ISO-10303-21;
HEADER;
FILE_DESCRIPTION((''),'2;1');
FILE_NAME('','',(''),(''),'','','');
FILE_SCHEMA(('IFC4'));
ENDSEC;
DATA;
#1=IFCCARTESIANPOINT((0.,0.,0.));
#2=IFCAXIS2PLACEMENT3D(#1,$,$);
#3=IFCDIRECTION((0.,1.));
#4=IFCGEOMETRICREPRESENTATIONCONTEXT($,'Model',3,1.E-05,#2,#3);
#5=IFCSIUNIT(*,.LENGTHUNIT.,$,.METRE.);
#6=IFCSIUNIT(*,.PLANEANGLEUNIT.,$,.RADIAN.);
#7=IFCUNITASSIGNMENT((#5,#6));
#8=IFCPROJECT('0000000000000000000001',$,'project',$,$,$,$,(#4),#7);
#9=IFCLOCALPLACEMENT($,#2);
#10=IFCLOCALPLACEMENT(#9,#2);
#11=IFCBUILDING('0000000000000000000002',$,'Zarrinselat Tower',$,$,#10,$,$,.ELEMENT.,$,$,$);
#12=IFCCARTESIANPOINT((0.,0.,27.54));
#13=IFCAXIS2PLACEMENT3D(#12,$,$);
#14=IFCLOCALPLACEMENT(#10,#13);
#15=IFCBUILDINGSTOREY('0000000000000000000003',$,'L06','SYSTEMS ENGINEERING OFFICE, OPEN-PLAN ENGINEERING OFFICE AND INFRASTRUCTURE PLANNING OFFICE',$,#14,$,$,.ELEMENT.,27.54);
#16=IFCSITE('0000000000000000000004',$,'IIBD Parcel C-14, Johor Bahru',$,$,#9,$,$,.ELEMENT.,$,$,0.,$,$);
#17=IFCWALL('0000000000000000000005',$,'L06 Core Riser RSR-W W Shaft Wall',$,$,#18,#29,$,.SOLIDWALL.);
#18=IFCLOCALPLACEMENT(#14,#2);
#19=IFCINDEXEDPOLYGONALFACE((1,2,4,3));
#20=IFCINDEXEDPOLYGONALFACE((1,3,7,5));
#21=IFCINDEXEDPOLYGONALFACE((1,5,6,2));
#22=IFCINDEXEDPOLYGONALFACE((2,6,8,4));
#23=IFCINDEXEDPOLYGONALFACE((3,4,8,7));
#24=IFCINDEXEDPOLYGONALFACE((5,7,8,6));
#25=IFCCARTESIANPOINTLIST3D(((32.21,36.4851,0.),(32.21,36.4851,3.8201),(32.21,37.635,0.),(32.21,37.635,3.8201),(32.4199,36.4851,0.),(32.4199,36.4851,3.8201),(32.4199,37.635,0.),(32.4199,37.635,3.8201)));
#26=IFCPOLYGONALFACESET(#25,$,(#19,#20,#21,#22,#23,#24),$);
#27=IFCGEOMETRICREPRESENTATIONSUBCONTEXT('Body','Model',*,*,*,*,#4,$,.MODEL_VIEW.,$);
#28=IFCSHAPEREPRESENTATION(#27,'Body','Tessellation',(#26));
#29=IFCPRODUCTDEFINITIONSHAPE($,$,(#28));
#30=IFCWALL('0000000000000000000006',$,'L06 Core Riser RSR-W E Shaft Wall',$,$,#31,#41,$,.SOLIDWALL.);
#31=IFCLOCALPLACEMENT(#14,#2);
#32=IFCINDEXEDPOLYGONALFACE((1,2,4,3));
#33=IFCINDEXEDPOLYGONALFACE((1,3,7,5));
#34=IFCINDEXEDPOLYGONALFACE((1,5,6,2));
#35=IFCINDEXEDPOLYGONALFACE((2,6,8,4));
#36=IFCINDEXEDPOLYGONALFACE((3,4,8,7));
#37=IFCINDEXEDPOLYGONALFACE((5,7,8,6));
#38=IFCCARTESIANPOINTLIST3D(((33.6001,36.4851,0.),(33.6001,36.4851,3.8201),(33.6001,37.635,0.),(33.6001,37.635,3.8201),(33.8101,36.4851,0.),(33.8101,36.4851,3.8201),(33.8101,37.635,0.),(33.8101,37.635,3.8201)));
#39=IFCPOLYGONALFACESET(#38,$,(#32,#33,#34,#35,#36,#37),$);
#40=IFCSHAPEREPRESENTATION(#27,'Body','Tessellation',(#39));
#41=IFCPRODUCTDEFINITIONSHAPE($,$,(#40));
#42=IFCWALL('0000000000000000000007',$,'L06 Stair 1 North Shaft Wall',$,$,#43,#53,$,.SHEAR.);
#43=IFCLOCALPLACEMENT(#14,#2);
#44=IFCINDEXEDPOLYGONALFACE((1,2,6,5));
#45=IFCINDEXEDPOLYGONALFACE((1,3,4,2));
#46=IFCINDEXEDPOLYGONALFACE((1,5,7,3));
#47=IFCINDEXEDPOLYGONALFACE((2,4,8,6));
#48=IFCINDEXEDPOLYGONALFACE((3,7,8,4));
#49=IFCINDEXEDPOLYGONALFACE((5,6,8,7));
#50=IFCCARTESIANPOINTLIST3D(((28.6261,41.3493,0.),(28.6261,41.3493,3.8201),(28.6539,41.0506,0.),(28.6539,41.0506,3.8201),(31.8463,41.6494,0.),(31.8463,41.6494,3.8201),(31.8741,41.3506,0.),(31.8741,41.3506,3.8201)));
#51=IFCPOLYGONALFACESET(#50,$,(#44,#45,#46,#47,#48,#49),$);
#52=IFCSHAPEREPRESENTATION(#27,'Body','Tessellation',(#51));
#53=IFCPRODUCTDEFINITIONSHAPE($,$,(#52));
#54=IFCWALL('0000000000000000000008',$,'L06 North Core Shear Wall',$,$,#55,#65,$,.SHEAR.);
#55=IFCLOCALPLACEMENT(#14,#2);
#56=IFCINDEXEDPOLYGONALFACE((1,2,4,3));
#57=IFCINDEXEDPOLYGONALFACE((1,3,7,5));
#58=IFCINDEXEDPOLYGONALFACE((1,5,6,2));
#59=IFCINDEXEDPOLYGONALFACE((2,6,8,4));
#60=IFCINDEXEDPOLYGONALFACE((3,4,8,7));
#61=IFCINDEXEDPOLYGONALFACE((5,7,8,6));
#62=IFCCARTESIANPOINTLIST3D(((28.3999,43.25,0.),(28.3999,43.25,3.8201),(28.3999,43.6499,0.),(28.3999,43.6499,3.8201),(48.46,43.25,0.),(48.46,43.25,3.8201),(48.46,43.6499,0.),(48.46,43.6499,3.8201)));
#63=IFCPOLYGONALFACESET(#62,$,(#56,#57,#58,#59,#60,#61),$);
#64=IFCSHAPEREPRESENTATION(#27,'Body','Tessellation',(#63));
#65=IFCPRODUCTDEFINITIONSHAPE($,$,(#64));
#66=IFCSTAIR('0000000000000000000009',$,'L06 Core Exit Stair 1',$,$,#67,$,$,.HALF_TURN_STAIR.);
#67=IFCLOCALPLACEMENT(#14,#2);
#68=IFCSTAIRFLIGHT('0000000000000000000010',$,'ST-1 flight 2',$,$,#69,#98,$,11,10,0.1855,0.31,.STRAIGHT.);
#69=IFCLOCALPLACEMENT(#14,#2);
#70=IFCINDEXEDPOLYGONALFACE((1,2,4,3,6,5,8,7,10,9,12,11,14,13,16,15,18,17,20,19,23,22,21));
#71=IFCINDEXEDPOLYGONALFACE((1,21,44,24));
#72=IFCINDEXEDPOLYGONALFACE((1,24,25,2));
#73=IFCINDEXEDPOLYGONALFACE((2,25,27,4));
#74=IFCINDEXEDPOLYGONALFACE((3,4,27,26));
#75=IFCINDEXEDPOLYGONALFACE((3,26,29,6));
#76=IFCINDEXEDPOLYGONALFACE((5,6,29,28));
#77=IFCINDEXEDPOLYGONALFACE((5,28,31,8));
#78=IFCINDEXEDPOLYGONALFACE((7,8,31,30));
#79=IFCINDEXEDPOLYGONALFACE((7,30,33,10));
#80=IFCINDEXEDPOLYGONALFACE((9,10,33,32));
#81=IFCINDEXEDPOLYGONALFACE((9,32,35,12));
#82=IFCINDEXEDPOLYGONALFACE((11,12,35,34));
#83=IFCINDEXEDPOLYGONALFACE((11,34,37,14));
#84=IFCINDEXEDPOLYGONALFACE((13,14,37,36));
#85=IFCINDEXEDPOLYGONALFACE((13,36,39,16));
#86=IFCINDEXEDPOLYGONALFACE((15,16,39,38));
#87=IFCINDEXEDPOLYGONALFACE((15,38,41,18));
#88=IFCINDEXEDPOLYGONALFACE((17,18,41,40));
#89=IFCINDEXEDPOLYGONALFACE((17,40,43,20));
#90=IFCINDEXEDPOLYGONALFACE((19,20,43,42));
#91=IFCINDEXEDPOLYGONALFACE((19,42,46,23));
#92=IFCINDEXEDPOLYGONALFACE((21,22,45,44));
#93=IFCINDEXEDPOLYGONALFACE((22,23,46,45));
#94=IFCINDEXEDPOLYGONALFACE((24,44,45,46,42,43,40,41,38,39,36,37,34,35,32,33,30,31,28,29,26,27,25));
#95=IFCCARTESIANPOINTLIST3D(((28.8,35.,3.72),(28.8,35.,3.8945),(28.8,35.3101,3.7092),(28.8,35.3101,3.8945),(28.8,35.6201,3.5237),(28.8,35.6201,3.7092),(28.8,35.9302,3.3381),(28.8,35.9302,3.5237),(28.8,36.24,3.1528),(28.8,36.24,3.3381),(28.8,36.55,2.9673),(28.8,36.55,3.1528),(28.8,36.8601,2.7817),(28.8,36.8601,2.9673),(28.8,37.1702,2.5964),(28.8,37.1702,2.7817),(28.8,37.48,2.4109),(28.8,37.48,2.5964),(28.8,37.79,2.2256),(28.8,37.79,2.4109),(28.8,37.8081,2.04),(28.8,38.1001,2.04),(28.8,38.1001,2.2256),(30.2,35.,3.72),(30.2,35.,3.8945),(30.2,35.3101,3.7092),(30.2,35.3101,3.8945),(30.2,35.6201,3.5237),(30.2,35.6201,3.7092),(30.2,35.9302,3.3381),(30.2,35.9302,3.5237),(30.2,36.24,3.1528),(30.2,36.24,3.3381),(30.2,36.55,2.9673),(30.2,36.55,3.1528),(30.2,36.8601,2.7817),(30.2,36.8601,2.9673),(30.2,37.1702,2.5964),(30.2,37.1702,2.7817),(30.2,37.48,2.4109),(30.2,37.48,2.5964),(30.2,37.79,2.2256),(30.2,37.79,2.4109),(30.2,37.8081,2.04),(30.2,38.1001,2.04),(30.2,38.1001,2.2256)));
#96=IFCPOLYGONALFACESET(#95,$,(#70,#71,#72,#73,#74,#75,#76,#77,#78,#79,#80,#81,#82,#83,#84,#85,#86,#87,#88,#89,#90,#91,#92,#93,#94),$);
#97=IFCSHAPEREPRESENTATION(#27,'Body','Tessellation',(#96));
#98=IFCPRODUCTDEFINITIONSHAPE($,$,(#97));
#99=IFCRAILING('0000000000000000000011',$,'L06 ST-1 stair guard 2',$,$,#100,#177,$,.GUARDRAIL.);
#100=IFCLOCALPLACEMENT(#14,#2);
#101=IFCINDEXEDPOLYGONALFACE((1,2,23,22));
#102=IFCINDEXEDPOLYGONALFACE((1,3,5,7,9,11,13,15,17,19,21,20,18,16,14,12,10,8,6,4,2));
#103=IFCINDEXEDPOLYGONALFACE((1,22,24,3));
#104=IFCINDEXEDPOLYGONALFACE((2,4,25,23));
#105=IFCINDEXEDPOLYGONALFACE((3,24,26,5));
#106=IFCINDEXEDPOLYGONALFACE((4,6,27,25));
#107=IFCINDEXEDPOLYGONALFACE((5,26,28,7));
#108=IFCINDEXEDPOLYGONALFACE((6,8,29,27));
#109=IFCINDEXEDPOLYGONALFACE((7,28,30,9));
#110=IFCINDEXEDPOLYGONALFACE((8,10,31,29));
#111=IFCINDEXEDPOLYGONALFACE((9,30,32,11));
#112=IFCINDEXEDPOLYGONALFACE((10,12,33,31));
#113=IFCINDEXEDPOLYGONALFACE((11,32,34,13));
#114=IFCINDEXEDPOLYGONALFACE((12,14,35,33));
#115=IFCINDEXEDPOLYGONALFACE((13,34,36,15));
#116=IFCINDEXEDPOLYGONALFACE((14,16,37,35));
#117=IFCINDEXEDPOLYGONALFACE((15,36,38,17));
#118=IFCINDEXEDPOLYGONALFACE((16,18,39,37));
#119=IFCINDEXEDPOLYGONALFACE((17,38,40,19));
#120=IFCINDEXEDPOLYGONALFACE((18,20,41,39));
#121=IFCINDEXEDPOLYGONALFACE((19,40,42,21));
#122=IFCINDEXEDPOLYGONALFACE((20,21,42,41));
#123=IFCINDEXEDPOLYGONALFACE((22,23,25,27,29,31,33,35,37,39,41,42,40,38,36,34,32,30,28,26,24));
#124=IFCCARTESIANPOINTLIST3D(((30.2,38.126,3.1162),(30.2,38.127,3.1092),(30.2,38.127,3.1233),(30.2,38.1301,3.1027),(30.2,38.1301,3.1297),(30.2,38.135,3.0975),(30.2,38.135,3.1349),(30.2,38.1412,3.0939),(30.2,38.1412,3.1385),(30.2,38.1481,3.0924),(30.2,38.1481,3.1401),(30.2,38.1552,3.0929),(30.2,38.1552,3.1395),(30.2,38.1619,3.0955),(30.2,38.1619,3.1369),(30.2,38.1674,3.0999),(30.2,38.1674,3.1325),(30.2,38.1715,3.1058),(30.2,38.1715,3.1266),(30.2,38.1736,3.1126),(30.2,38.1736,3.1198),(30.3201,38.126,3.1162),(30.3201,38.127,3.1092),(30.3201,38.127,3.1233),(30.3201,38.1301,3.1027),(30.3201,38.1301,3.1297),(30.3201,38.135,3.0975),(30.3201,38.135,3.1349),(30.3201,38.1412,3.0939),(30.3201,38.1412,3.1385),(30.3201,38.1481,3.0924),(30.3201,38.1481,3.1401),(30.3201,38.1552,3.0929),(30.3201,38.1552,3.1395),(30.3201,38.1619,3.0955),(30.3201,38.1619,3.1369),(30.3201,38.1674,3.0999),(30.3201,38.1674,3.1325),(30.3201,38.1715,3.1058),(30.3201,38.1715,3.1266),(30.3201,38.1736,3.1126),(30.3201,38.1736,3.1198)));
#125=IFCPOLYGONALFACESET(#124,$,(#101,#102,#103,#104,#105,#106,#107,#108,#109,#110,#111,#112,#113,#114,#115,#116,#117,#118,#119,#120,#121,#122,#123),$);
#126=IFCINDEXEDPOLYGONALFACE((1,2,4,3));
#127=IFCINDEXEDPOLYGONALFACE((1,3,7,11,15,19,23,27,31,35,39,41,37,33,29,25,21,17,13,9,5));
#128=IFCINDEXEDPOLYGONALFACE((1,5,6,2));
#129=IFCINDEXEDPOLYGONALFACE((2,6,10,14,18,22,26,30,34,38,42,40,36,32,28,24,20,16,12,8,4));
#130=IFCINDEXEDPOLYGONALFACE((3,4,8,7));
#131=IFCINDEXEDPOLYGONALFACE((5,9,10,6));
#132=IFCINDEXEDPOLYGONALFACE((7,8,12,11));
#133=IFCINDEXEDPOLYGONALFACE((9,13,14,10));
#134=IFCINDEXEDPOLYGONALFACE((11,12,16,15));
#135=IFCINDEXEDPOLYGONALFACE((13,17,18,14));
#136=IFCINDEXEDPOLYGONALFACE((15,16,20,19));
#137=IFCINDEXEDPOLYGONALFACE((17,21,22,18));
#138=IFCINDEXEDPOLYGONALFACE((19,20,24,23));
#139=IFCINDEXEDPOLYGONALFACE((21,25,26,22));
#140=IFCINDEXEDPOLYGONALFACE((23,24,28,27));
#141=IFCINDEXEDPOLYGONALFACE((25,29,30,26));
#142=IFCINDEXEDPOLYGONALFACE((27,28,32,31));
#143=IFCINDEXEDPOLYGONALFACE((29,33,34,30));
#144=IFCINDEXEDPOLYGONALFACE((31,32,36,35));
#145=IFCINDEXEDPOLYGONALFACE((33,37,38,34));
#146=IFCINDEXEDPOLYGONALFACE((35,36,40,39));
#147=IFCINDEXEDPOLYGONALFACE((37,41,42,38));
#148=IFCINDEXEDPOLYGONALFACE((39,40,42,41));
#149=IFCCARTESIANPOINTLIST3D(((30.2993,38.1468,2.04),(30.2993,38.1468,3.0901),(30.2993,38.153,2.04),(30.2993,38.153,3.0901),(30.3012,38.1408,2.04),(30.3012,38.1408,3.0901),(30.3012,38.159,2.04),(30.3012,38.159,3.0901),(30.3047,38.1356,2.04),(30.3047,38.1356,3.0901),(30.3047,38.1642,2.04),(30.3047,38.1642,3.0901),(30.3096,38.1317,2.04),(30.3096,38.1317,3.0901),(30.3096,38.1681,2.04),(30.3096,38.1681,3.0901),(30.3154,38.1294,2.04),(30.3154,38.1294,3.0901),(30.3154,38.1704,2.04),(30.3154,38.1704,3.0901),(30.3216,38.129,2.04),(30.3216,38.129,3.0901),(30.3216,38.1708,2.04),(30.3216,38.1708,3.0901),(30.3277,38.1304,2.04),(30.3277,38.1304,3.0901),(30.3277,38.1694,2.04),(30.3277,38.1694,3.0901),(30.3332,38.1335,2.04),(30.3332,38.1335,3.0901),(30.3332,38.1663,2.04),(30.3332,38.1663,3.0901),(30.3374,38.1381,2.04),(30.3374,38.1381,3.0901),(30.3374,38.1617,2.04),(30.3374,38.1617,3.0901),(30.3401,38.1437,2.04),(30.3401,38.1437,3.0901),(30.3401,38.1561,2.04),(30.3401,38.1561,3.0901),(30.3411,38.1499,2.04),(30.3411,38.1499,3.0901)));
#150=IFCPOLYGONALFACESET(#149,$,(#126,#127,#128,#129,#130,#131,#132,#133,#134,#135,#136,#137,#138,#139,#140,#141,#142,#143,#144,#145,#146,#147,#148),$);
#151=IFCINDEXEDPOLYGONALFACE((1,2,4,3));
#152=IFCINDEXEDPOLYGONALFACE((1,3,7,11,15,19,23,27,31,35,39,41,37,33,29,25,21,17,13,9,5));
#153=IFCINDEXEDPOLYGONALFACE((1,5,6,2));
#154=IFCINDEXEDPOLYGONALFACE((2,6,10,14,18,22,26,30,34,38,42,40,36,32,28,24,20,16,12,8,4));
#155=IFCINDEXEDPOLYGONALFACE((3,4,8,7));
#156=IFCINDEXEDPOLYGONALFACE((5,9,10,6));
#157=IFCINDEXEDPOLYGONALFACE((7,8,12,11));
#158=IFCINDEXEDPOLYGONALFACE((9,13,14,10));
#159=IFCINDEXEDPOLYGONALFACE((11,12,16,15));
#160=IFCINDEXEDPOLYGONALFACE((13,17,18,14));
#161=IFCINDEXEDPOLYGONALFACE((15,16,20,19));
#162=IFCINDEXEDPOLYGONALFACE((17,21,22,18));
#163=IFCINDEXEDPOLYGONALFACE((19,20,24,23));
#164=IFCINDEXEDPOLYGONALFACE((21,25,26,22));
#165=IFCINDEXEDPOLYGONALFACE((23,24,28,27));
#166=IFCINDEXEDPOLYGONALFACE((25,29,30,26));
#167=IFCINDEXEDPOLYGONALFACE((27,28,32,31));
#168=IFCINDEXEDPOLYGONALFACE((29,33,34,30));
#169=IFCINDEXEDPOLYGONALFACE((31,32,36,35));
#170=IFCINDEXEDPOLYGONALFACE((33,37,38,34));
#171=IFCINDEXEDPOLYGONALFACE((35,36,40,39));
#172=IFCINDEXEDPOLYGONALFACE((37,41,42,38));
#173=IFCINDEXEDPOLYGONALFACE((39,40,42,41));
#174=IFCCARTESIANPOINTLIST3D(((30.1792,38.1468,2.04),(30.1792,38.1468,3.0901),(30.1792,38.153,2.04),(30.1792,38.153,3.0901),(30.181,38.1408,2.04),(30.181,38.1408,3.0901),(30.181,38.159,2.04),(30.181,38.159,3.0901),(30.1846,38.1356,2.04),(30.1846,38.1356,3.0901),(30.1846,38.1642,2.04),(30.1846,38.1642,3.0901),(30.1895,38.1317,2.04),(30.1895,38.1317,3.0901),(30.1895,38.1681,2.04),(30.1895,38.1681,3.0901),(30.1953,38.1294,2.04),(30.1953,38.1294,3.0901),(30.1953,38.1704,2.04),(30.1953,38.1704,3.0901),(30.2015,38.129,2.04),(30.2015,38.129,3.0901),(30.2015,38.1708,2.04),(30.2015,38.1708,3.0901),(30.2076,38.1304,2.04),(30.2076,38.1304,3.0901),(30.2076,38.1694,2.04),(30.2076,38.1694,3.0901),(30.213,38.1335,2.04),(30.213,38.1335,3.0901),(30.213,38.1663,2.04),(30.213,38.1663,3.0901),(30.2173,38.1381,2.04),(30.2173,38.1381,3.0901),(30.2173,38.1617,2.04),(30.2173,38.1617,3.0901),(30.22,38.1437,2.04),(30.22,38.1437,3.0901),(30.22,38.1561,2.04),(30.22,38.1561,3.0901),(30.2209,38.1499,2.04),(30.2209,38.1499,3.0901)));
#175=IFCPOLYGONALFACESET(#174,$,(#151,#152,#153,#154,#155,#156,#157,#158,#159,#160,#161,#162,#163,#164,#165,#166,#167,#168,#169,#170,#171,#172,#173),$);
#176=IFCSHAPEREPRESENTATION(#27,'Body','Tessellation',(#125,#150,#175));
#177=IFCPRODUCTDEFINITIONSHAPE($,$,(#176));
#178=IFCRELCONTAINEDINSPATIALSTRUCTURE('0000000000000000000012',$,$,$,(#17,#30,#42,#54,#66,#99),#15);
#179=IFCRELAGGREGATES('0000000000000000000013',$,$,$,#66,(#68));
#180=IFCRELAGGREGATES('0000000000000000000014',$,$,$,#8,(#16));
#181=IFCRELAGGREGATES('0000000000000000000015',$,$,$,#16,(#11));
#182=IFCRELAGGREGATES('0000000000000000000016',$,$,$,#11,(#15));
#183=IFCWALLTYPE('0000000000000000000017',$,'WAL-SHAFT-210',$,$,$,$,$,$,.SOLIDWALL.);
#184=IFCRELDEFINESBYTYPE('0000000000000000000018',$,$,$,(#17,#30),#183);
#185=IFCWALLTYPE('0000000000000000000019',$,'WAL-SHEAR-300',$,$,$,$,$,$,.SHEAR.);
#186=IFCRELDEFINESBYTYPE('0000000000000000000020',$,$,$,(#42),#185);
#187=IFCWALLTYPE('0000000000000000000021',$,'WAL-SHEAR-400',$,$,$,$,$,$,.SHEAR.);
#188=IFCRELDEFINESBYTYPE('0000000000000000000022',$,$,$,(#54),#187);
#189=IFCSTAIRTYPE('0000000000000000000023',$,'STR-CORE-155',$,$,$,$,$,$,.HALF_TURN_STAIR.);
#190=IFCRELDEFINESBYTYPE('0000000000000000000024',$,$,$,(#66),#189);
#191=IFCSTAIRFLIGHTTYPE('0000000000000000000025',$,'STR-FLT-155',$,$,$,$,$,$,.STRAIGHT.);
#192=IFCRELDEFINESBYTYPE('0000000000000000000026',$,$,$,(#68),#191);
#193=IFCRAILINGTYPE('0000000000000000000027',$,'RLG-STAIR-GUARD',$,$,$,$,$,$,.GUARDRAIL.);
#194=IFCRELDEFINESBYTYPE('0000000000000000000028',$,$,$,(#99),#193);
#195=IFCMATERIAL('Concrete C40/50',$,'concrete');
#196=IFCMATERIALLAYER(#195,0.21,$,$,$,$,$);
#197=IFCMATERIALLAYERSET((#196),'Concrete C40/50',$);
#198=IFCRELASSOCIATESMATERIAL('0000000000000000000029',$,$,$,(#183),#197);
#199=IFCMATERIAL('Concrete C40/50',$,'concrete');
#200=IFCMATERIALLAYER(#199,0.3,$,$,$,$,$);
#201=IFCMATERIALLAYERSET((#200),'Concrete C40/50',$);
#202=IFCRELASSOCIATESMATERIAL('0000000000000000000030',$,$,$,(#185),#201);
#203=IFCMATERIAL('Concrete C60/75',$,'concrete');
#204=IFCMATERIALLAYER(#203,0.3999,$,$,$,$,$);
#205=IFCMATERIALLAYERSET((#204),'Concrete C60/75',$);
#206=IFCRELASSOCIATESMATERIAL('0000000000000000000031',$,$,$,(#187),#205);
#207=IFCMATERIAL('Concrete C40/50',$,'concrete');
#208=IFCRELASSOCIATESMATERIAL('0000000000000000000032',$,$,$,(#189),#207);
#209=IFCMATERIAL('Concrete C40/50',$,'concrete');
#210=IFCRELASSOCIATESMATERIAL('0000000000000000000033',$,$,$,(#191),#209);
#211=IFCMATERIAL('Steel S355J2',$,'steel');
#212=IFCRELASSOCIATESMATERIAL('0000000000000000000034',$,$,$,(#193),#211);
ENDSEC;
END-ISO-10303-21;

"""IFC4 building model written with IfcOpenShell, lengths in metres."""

from ifc_helpers import new_model, si_unit, direction, frame, frame_2d, origin, origin_2d, place, context, subcontext, project, spatial, polyline, rectangle, circle, outline, extrude, material, layer, layer_set, type_object, element, aggregate, save


model = new_model("IFC4")

# Units and contexts
model_context = context("Model", 3, precision=1e-05, world=origin(), true_north=direction((0.0, 1.0)))
body_context = subcontext(model_context, "Body", "Model", "MODEL_VIEW")
ifc_project = project(units=[si_unit("LENGTHUNIT", "METRE"), si_unit("PLANEANGLEUNIT", "RADIAN")], contexts=[model_context])

# Site, building, storey
site_placement = place(None, origin())
site = spatial("IfcSite", under=ifc_project, at=site_placement, Name="IIBD Parcel C-14, Johor Bahru", CompositionType="ELEMENT", RefElevation=0.0)
building_placement = place(site_placement, origin())
building = spatial("IfcBuilding", under=site, at=building_placement, Name="Zarrinselat Tower", CompositionType="ELEMENT")
storey_placement = place(building_placement, frame((0.0, 0.0, 27.54)))
storey = spatial("IfcBuildingStorey", under=building, at=storey_placement, Name="L06", Description="SYSTEMS ENGINEERING OFFICE, OPEN-PLAN ENGINEERING OFFICE AND INFRASTRUCTURE PLANNING OFFICE", CompositionType="ELEMENT", Elevation=27.54)

# Shared definitions
ifc_material_1 = material(Name="Concrete C40/50", Category="concrete")
ifc_layer_1 = layer(ifc_material_1, 0.21)
ifc_layer_set_1 = layer_set([ifc_layer_1], Name="Concrete C40/50")
wall_type_1 = type_object("IfcWallType", Name="WAL-SHAFT-210", PredefinedType="SOLIDWALL", material=ifc_layer_set_1)

# Walls
for number, where, z_axis, x_axis, name in (
    (1, (32.3149, 36.4851, 0.0), (0.0, 0.0, 1.0), (0.0, 1.0, 0.0), "L06 Core Riser RSR-W W Shaft Wall"),
    (2, (33.7051, 36.4851, 0.0), (0.0, 0.0, 1.0), (0.0, 1.0, 0.0), "L06 Core Riser RSR-W E Shaft Wall"),
):
    element("IfcWall", number, at=place(storey_placement, frame(where, z_axis=z_axis, x_axis=x_axis)), inside=storey, type_object=wall_type_1, Name=name, PredefinedType="SOLIDWALL", context=body_context, shape_type="SweptSolid", body=[
        extrude(rectangle(XDim=1.1499, YDim=0.21, at=frame_2d((0.575, 0.0))), origin(), (0.0, 0.0, 1.0), 3.8201),
    ])
ifc_material_2 = material(Name="Concrete C40/50", Category="concrete")
ifc_layer_2 = layer(ifc_material_2, 0.3)
ifc_layer_set_2 = layer_set([ifc_layer_2], Name="Concrete C40/50")
wall_type_2 = type_object("IfcWallType", Name="WAL-SHEAR-300", PredefinedType="SHEAR", material=ifc_layer_set_2)
wall_1_placement = place(storey_placement, frame((28.6399, 41.2, 0.0), z_axis=(0.0, 0.0, 1.0), x_axis=(0.995687, 0.092775, 0.0)))
element("IfcWall", 3, at=wall_1_placement, inside=storey, type_object=wall_type_2, Name="L06 Stair 1 North Shaft Wall", PredefinedType="SHEAR", context=body_context, shape_type="SweptSolid", body=[
    extrude(rectangle(XDim=3.2341, YDim=0.3, at=frame_2d((1.6172, 0.0))), origin(), (0.0, 0.0, 1.0), 3.8201),
])
ifc_material_3 = material(Name="Concrete C60/75", Category="concrete")
ifc_layer_3 = layer(ifc_material_3, 0.3999)
ifc_layer_set_3 = layer_set([ifc_layer_3], Name="Concrete C60/75")
wall_type_3 = type_object("IfcWallType", Name="WAL-SHEAR-400", PredefinedType="SHEAR", material=ifc_layer_set_3)
wall_2_placement = place(storey_placement, frame((28.3999, 43.45, 0.0), z_axis=(0.0, 0.0, 1.0), x_axis=(1.0, 0.0, 0.0)))
element("IfcWall", 4, at=wall_2_placement, inside=storey, type_object=wall_type_3, Name="L06 North Core Shear Wall", PredefinedType="SHEAR", context=body_context, shape_type="SweptSolid", body=[
    extrude(rectangle(XDim=20.0601, YDim=0.3999, at=frame_2d((10.03, 0.0))), origin(), (0.0, 0.0, 1.0), 3.8201),
])

# Stair, stair flight
ifc_material_4 = material(Name="Concrete C40/50", Category="concrete")
stair_type = type_object("IfcStairType", Name="STR-CORE-155", PredefinedType="HALF_TURN_STAIR", material=ifc_material_4)
stair_placement = place(storey_placement, origin())
stair = element("IfcStair", 5, at=stair_placement, inside=storey, type_object=stair_type, Name="L06 Core Exit Stair 1", PredefinedType="HALF_TURN_STAIR")
ifc_material_5 = material(Name="Concrete C40/50", Category="concrete")
stair_flight_type = type_object("IfcStairFlightType", Name="STR-FLT-155", PredefinedType="STRAIGHT", material=ifc_material_5)
stair_flight_placement = place(storey_placement, frame((29.5, 38.1001, 2.04), z_axis=(0.0, 0.0, 1.0), x_axis=(0.0, -1.0, 0.0)))
stair_flight = element("IfcStairFlight", 6, at=stair_flight_placement, type_object=stair_flight_type, Name="ST-1 flight 2", NumberOfRisers=11, NumberOfTreads=10, PredefinedType="STRAIGHT", RiserHeight=0.1855, TreadLength=0.31, context=body_context, shape_type="SweptSolid", body=[
    extrude(outline(polyline([(0.0, 0.0), (0.0, 0.1855), (0.3101, 0.1855), (0.3101, 0.3708), (0.6201, 0.3708), (0.6201, 0.5564), (0.9299, 0.5564), (0.9299, 0.7417), (1.24, 0.7417), (1.24, 0.9272), (1.55, 0.9272), (1.55, 1.1128), (1.8601, 1.1128), (1.8601, 1.2981), (2.1699, 1.2981), (2.1699, 1.4836), (2.48, 1.4836), (2.48, 1.6692), (2.79, 1.6692), (2.79, 1.8545), (3.1001, 1.8545), (3.1001, 2.04), (3.1001, 1.6799), (0.292, 0.0), (0.0, 0.0)])), frame((0.0, 0.7, 0.0), z_axis=(0.0, -1.0, 0.0), x_axis=(1.0, 0.0, 0.0)), (0.0, 0.0, 1.0), 1.3999),
])
aggregate(stair, [stair_flight])

# Railing
ifc_material_6 = material(Name="Steel S355J2", Category="steel")
railing_type_1 = type_object("IfcRailingType", Name="RLG-STAIR-GUARD", PredefinedType="GUARDRAIL", material=ifc_material_6)
railing_1_placement = place(storey_placement, frame((30.3201, 38.1499, 2.04)))
element("IfcRailing", 7, at=railing_1_placement, inside=storey, type_object=railing_type_1, Name="L06 ST-1 stair guard 2", PredefinedType="GUARDRAIL", context=body_context, shape_type="SweptSolid", body=[
    extrude(circle(Radius=0.0239, at=origin_2d()), frame((0.0, 0.0, 1.0762), z_axis=(-1.0, 0.0, 0.0), x_axis=(0.0, -1.0, 0.0)), (0.0, 0.0, 1.0), 0.1201),
    extrude(circle(Radius=0.021, at=origin_2d()), origin(), (0.0, 0.0, 1.0), 1.05),
    extrude(circle(Radius=0.021, at=origin_2d()), frame((-0.1201, 0.0, 0.0)), (0.0, 0.0, 1.0), 1.05),
])

save(model, "model.ifc")
